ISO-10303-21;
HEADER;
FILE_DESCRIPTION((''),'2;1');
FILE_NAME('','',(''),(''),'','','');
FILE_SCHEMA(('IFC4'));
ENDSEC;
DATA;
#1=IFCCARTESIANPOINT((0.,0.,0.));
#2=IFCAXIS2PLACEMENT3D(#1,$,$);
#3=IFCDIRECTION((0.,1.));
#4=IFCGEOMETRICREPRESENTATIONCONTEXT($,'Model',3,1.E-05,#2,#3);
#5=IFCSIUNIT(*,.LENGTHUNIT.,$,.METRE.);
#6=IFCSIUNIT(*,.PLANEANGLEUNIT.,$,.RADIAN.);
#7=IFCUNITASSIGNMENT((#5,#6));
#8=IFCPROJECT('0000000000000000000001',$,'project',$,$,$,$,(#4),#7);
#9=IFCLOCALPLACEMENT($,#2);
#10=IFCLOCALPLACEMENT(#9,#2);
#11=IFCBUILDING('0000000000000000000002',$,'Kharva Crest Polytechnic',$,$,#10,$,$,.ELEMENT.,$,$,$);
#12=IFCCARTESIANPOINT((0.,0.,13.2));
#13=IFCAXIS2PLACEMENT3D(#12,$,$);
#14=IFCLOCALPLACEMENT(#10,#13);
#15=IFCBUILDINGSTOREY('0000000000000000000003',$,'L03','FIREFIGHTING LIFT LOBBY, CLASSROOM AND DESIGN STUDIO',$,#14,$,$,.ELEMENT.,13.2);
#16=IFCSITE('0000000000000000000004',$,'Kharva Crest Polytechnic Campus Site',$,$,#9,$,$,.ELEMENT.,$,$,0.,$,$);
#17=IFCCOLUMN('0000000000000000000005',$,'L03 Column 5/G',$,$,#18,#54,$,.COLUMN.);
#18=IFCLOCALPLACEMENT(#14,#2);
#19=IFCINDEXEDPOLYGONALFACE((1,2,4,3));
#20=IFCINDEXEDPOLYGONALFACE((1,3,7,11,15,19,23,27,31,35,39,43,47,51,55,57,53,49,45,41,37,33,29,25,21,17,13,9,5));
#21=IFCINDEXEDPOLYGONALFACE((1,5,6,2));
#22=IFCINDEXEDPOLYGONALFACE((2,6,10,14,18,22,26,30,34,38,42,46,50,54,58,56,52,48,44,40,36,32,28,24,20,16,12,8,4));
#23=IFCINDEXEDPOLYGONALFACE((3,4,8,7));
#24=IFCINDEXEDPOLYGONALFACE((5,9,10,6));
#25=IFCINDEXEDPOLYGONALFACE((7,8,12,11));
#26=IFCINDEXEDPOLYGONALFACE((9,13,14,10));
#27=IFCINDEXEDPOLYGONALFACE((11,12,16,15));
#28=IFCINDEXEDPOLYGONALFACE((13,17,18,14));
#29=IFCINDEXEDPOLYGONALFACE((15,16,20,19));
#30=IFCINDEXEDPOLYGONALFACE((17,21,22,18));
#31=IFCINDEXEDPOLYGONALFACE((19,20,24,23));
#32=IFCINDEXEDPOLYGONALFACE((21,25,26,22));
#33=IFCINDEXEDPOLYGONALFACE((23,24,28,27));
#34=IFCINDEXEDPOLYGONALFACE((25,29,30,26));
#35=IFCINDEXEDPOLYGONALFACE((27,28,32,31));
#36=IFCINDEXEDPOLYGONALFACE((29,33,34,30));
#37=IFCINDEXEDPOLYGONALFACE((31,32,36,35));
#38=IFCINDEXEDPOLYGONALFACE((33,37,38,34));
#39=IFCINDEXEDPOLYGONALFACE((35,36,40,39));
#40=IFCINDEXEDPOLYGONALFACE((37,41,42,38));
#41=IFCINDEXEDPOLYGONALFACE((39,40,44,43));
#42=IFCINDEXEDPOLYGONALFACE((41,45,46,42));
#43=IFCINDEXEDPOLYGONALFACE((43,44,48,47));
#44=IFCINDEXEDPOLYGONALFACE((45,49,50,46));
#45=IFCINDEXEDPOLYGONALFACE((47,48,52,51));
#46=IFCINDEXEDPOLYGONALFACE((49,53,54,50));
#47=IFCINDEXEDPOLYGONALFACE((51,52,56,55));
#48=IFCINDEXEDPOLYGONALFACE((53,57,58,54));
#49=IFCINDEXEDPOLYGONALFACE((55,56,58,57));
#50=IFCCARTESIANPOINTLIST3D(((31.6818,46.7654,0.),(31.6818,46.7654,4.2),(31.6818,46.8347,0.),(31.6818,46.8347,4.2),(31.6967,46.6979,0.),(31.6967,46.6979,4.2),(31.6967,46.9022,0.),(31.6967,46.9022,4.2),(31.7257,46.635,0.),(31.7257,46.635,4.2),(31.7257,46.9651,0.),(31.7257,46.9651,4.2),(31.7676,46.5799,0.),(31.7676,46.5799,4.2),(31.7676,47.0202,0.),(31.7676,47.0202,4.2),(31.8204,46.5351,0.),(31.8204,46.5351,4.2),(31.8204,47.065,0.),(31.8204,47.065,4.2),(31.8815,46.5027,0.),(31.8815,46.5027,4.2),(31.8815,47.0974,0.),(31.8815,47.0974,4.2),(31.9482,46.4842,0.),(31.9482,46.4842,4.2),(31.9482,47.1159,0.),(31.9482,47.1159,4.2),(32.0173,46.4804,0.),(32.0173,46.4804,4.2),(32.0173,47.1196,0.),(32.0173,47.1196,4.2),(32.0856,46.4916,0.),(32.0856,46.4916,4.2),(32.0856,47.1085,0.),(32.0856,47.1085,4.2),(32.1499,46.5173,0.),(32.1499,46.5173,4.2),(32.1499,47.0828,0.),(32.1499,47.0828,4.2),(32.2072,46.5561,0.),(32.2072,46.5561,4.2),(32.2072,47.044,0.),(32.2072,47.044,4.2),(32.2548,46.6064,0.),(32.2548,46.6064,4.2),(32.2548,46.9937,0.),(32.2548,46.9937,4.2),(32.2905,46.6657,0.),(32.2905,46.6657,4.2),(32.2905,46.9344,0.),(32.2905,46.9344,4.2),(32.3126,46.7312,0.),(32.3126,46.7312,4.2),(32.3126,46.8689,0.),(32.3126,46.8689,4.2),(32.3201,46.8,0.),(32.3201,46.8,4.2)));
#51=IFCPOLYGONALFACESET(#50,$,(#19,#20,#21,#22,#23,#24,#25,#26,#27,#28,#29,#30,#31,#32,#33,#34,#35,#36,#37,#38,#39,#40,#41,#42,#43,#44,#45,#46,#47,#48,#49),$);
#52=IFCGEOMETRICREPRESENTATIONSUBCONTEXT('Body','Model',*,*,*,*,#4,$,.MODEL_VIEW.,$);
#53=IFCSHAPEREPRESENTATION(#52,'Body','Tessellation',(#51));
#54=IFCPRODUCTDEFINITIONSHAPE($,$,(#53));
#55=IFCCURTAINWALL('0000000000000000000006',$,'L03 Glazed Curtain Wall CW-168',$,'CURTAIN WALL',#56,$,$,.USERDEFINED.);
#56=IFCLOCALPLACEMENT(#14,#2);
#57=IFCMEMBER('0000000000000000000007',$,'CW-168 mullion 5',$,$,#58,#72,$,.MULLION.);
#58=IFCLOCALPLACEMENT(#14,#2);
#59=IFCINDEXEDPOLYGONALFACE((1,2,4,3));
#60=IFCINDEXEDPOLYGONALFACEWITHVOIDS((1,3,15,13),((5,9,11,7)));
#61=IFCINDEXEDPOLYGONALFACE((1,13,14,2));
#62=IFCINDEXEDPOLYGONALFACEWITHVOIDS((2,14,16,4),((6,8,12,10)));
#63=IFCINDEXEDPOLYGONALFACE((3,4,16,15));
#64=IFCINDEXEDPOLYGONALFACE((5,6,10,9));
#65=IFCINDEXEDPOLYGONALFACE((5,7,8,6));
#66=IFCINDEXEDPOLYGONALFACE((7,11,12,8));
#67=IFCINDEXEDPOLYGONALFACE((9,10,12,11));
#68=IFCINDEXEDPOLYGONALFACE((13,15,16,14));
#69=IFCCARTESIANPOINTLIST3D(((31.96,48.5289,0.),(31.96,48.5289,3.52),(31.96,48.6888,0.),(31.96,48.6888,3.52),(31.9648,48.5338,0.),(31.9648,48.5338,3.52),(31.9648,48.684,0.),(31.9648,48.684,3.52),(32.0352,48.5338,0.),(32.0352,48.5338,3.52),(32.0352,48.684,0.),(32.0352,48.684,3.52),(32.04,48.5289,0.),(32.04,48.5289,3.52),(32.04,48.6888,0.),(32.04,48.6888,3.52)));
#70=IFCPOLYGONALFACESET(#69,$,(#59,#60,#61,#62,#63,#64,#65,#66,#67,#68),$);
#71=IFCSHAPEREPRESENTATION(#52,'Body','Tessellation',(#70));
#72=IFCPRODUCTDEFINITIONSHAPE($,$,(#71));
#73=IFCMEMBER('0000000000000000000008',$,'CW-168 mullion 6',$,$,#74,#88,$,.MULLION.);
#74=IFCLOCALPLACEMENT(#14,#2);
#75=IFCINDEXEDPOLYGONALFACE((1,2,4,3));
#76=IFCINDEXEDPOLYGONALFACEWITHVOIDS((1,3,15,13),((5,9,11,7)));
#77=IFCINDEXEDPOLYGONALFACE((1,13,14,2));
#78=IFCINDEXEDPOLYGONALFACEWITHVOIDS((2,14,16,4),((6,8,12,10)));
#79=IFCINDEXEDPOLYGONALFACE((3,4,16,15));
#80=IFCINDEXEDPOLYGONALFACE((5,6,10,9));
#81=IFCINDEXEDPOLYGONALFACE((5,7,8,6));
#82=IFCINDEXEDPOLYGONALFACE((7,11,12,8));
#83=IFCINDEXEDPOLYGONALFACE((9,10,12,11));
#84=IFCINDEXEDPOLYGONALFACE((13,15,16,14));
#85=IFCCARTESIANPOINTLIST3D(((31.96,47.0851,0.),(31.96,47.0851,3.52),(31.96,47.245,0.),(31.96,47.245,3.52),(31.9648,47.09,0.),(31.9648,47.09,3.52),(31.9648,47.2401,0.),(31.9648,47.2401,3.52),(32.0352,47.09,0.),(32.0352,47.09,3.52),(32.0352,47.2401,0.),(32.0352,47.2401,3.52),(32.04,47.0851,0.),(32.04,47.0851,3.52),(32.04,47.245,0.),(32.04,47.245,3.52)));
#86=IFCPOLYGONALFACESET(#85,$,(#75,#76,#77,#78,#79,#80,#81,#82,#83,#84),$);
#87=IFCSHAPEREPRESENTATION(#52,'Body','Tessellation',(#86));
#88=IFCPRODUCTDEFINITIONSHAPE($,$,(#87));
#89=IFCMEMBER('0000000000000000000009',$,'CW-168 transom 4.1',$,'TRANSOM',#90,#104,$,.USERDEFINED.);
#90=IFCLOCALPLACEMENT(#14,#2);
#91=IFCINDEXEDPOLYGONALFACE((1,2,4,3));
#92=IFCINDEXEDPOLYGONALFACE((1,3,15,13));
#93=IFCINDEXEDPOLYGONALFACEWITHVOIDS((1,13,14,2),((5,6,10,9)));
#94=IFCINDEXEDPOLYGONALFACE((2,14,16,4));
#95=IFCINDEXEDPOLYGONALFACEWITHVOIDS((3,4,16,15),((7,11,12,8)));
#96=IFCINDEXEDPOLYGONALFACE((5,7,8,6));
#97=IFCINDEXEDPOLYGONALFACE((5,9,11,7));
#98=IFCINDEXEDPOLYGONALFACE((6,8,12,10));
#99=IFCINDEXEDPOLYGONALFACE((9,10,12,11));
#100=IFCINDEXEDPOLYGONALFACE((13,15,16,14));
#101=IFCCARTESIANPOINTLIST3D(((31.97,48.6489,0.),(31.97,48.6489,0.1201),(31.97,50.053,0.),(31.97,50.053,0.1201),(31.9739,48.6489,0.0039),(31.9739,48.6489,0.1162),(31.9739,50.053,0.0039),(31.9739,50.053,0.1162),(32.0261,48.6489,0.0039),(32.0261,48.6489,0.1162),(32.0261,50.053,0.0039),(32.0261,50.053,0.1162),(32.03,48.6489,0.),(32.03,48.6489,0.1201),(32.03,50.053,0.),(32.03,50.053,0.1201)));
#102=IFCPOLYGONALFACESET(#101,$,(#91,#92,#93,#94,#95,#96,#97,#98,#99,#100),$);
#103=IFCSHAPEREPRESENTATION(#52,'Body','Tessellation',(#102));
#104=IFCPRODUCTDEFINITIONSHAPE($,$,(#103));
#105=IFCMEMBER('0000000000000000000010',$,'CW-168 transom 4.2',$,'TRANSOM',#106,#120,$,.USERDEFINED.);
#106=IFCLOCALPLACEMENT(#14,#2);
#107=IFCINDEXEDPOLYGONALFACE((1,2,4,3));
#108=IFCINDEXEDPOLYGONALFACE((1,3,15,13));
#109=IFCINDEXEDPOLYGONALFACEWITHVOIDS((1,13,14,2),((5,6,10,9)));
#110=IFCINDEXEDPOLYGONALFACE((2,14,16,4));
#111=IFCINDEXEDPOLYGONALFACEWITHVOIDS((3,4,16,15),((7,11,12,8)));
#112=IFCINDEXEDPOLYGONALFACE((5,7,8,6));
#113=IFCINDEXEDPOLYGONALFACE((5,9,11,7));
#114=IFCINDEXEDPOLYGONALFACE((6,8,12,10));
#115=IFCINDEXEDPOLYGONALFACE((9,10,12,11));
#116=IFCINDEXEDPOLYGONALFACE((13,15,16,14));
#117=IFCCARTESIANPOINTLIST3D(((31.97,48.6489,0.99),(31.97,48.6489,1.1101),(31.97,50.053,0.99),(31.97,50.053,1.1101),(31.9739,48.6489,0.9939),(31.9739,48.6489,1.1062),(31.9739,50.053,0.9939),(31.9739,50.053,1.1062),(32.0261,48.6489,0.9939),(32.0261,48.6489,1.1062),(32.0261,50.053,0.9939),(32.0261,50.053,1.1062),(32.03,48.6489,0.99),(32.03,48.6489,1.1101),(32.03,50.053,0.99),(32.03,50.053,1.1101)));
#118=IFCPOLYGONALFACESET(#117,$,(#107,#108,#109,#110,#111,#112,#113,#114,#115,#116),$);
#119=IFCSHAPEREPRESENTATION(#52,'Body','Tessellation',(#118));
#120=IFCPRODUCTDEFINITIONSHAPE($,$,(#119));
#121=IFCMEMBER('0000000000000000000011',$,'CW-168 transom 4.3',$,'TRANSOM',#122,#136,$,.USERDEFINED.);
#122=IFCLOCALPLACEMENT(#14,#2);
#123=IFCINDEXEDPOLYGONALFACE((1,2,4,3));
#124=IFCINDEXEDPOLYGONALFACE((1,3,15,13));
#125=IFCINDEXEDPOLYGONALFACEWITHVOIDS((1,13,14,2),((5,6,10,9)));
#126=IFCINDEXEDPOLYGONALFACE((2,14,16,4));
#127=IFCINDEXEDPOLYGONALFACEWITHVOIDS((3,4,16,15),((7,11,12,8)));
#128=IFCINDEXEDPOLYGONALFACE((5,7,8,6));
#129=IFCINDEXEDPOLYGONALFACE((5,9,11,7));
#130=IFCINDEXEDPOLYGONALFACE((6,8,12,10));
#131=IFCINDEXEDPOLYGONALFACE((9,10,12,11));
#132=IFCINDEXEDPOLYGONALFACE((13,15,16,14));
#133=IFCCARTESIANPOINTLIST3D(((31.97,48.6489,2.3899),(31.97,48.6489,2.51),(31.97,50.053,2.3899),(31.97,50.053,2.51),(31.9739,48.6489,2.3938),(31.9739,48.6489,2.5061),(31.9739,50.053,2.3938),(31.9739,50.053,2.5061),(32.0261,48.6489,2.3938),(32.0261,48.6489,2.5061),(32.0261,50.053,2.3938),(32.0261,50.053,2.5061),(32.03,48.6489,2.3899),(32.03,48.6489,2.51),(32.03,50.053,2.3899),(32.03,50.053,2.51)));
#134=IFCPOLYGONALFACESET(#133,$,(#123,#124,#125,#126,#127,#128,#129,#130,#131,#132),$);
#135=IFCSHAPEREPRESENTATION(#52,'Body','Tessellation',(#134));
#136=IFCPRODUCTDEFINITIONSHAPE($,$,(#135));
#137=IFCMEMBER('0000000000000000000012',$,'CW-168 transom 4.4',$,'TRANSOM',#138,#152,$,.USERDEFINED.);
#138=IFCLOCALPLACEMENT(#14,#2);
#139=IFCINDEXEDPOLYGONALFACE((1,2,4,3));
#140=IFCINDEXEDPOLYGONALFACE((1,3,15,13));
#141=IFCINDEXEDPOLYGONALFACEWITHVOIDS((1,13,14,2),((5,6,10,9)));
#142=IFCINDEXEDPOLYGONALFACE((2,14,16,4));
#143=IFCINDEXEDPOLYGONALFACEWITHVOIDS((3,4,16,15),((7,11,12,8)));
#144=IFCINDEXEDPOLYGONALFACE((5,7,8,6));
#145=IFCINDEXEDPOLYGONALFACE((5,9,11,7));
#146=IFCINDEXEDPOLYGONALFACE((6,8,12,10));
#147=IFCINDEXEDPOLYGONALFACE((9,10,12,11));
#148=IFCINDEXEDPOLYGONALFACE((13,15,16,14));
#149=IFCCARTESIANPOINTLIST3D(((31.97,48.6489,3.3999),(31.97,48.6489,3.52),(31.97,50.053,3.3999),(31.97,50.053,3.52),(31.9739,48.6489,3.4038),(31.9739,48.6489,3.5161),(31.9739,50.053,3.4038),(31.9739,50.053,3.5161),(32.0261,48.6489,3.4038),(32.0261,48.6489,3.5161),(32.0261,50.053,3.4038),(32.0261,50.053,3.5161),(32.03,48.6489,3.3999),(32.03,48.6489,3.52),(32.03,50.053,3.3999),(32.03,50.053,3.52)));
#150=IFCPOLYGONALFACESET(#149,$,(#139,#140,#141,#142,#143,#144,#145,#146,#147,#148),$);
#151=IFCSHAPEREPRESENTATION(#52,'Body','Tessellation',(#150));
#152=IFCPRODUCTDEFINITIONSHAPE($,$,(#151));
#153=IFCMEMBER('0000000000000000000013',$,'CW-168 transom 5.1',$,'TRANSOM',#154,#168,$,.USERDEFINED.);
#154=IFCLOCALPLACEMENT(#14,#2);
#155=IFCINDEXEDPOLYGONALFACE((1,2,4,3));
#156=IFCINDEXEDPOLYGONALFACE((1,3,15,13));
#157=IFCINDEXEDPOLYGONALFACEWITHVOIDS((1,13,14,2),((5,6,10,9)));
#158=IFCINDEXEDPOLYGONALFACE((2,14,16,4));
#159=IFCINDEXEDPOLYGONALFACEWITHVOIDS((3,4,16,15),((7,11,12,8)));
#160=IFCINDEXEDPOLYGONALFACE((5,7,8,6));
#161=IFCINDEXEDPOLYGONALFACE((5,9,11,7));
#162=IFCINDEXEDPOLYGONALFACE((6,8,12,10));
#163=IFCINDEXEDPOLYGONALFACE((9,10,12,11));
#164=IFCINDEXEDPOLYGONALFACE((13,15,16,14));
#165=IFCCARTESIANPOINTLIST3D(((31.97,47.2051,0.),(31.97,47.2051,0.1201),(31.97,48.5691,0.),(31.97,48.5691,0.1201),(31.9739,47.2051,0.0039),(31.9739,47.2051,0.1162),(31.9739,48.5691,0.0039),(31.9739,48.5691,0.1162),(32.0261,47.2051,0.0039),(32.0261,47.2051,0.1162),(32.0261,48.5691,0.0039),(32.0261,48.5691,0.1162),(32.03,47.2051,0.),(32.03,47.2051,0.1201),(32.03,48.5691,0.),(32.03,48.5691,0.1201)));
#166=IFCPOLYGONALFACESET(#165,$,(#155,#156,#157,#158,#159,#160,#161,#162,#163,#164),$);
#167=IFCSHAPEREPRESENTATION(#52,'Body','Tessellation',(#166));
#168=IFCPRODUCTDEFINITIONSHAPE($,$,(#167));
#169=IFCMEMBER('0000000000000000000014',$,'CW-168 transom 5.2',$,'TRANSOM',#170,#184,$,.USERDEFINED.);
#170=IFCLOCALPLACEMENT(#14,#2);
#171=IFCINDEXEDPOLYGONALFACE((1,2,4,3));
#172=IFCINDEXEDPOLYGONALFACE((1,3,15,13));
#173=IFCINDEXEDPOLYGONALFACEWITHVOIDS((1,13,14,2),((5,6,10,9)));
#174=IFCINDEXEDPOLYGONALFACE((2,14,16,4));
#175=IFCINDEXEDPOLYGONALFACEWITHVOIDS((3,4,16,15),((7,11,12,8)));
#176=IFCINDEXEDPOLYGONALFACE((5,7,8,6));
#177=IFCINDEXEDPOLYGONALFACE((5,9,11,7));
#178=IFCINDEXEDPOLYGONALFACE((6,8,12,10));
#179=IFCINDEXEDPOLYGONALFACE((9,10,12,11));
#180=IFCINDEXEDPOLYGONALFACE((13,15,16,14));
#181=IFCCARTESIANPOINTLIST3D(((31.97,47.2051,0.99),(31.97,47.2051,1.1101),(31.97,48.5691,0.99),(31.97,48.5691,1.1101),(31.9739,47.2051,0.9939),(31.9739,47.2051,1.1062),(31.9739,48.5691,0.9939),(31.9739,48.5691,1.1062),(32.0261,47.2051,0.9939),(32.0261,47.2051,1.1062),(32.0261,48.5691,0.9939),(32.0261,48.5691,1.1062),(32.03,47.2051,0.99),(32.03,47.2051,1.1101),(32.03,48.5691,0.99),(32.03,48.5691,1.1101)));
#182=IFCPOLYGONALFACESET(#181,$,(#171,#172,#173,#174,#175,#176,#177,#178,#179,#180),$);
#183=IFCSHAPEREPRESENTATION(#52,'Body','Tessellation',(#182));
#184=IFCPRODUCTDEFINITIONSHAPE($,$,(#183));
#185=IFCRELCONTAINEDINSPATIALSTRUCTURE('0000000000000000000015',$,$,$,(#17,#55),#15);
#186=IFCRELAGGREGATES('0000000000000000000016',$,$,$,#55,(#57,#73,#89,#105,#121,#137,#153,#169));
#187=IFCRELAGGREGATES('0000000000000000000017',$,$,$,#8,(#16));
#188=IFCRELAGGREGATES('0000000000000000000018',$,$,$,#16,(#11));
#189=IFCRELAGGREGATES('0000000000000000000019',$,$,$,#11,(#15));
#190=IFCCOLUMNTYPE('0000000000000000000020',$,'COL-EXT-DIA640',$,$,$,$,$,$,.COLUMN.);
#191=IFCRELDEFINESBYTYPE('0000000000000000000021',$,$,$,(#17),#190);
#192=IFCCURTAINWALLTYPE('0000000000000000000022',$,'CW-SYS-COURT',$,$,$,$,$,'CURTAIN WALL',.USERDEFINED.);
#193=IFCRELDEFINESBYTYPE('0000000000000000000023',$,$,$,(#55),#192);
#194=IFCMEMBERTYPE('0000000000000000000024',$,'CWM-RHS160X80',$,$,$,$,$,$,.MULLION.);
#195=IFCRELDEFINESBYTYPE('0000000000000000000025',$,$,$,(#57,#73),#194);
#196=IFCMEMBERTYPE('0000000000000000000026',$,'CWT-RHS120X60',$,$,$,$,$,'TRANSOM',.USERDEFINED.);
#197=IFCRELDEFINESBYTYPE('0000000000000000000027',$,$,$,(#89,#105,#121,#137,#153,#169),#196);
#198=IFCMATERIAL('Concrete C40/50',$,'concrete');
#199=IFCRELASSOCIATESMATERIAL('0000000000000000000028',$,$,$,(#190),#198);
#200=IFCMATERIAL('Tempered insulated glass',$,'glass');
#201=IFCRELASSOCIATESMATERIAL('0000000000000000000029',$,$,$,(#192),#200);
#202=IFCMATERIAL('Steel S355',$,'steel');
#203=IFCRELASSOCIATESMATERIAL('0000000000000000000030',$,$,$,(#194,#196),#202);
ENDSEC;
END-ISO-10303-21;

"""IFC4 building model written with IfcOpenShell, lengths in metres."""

from ifc_helpers import new_model, si_unit, direction, frame, origin, origin_2d, place, context, subcontext, project, spatial, hollow_rectangle, circle, extrude, material, material_profile, profile_set, type_object, element, aggregate, save


model = new_model("IFC4")

# Units and contexts
model_context = context("Model", 3, precision=1e-05, world=origin(), true_north=direction((0.0, 1.0)))
body_context = subcontext(model_context, "Body", "Model", "MODEL_VIEW")
ifc_project = project(units=[si_unit("LENGTHUNIT", "METRE"), si_unit("PLANEANGLEUNIT", "RADIAN")], contexts=[model_context])

# Site, building, storey
site_placement = place(None, origin())
site = spatial("IfcSite", under=ifc_project, at=site_placement, Name="Kharva Crest Polytechnic Campus Site", CompositionType="ELEMENT", RefElevation=0.0)
building_placement = place(site_placement, origin())
building = spatial("IfcBuilding", under=site, at=building_placement, Name="Kharva Crest Polytechnic", CompositionType="ELEMENT")
storey_placement = place(building_placement, frame((0.0, 0.0, 13.2)))
storey = spatial("IfcBuildingStorey", under=building, at=storey_placement, Name="L03", Description="FIREFIGHTING LIFT LOBBY, CLASSROOM AND DESIGN STUDIO", CompositionType="ELEMENT", Elevation=13.2)

# Column
ifc_material_1 = material(Name="Concrete C40/50", Category="concrete")
ifc_material_profile_1 = material_profile(ifc_material_1, circle(Radius=0.3201, at=origin_2d()), Name="DIA 640")
ifc_profile_set_1 = profile_set([ifc_material_profile_1], Name="Concrete C40/50")
column_type = type_object("IfcColumnType", Name="COL-EXT-DIA640", PredefinedType="COLUMN", material=ifc_profile_set_1)
column_placement = place(storey_placement, frame((32.0, 46.8, 0.0), z_axis=(0.0, 0.0, 1.0), x_axis=(1.0, 0.0, 0.0)))
element("IfcColumn", 1, at=column_placement, inside=storey, type_object=column_type, Name="L03 Column 5/G", PredefinedType="COLUMN", context=body_context, shape_type="SweptSolid", body=[
    extrude(circle(Radius=0.3201, at=origin_2d()), origin(), (0.0, 0.0, 1.0), 4.2),
])

# Curtain wall, members
ifc_material_2 = material(Name="Tempered insulated glass", Category="glass")
curtain_wall_type = type_object("IfcCurtainWallType", Name="CW-SYS-COURT", ElementType="CURTAIN WALL", PredefinedType="USERDEFINED", material=ifc_material_2)
curtain_wall_placement = place(storey_placement, origin())
curtain_wall = element("IfcCurtainWall", 2, at=curtain_wall_placement, inside=storey, type_object=curtain_wall_type, Name="L03 Glazed Curtain Wall CW-168", ObjectType="CURTAIN WALL", PredefinedType="USERDEFINED")
ifc_material_3 = material(Name="Steel S355", Category="steel")
ifc_material_profile_2 = material_profile(ifc_material_3, hollow_rectangle(XDim=0.0801, YDim=0.1599, WallThickness=0.0049, at=origin_2d()), Name="RHS 160X80X5.0")
ifc_profile_set_2 = profile_set([ifc_material_profile_2], Name="Steel S355")
member_type_1 = type_object("IfcMemberType", Name="CWM-RHS160X80", PredefinedType="MULLION", material=ifc_profile_set_2)
member_1_placement = place(storey_placement, frame((32.0, 48.6089, 0.0), z_axis=(0.0, 0.0, 1.0), x_axis=(1.0, 0.0, 0.0)))
member_1 = element("IfcMember", 3, at=member_1_placement, type_object=member_type_1, Name="CW-168 mullion 5", PredefinedType="MULLION", context=body_context, shape_type="SweptSolid", body=[
    extrude(hollow_rectangle(XDim=0.0801, YDim=0.1599, WallThickness=0.0049, at=origin_2d()), origin(), (0.0, 0.0, 1.0), 3.52),
])
member_2_placement = place(storey_placement, frame((32.0, 47.165, 0.0), z_axis=(0.0, 0.0, 1.0), x_axis=(1.0, 0.0, 0.0)))
member_2 = element("IfcMember", 4, at=member_2_placement, type_object=member_type_1, Name="CW-168 mullion 6", PredefinedType="MULLION", context=body_context, shape_type="SweptSolid", body=[
    extrude(hollow_rectangle(XDim=0.0801, YDim=0.1599, WallThickness=0.0049, at=origin_2d()), origin(), (0.0, 0.0, 1.0), 3.52),
])
ifc_material_profile_3 = material_profile(ifc_material_3, hollow_rectangle(XDim=0.0601, YDim=0.1201, WallThickness=0.0039, at=origin_2d()), Name="RHS 120X60X4.0")
ifc_profile_set_3 = profile_set([ifc_material_profile_3], Name="Steel S355")
member_type_2 = type_object("IfcMemberType", Name="CWT-RHS120X60", ElementType="TRANSOM", PredefinedType="USERDEFINED", material=ifc_profile_set_3)
member_3_placement = place(storey_placement, frame((32.0, 50.053, 0.0601), z_axis=(0.0, -1.0, 0.0), x_axis=(1.0, 0.0, 0.0)))
member_3 = element("IfcMember", 5, at=member_3_placement, type_object=member_type_2, Name="CW-168 transom 4.1", ObjectType="TRANSOM", PredefinedType="USERDEFINED", context=body_context, shape_type="SweptSolid", body=[
    extrude(hollow_rectangle(XDim=0.0601, YDim=0.1201, WallThickness=0.0039, at=origin_2d()), origin(), (0.0, 0.0, 1.0), 1.4041),
])
member_4_placement = place(storey_placement, frame((32.0, 50.053, 1.05), z_axis=(0.0, -1.0, 0.0), x_axis=(1.0, 0.0, 0.0)))
member_4 = element("IfcMember", 6, at=member_4_placement, type_object=member_type_2, Name="CW-168 transom 4.2", ObjectType="TRANSOM", PredefinedType="USERDEFINED", context=body_context, shape_type="SweptSolid", body=[
    extrude(hollow_rectangle(XDim=0.0601, YDim=0.1201, WallThickness=0.0039, at=origin_2d()), origin(), (0.0, 0.0, 1.0), 1.4041),
])
member_5_placement = place(storey_placement, frame((32.0, 50.053, 2.45), z_axis=(0.0, -1.0, 0.0), x_axis=(1.0, 0.0, 0.0)))
member_5 = element("IfcMember", 7, at=member_5_placement, type_object=member_type_2, Name="CW-168 transom 4.3", ObjectType="TRANSOM", PredefinedType="USERDEFINED", context=body_context, shape_type="SweptSolid", body=[
    extrude(hollow_rectangle(XDim=0.0601, YDim=0.1201, WallThickness=0.0039, at=origin_2d()), origin(), (0.0, 0.0, 1.0), 1.4041),
])
member_6_placement = place(storey_placement, frame((32.0, 50.053, 3.46), z_axis=(0.0, -1.0, 0.0), x_axis=(1.0, 0.0, 0.0)))
member_6 = element("IfcMember", 8, at=member_6_placement, type_object=member_type_2, Name="CW-168 transom 4.4", ObjectType="TRANSOM", PredefinedType="USERDEFINED", context=body_context, shape_type="SweptSolid", body=[
    extrude(hollow_rectangle(XDim=0.0601, YDim=0.1201, WallThickness=0.0039, at=origin_2d()), origin(), (0.0, 0.0, 1.0), 1.4041),
])
member_7_placement = place(storey_placement, frame((32.0, 48.5691, 0.0601), z_axis=(0.0, -1.0, 0.0), x_axis=(1.0, 0.0, 0.0)))
member_7 = element("IfcMember", 9, at=member_7_placement, type_object=member_type_2, Name="CW-168 transom 5.1", ObjectType="TRANSOM", PredefinedType="USERDEFINED", context=body_context, shape_type="SweptSolid", body=[
    extrude(hollow_rectangle(XDim=0.0601, YDim=0.1201, WallThickness=0.0039, at=origin_2d()), origin(), (0.0, 0.0, 1.0), 1.364),
])
member_8_placement = place(storey_placement, frame((32.0, 48.5691, 1.05), z_axis=(0.0, -1.0, 0.0), x_axis=(1.0, 0.0, 0.0)))
member_8 = element("IfcMember", 10, at=member_8_placement, type_object=member_type_2, Name="CW-168 transom 5.2", ObjectType="TRANSOM", PredefinedType="USERDEFINED", context=body_context, shape_type="SweptSolid", body=[
    extrude(hollow_rectangle(XDim=0.0601, YDim=0.1201, WallThickness=0.0039, at=origin_2d()), origin(), (0.0, 0.0, 1.0), 1.364),
])

aggregate(curtain_wall, [member_1, member_2, member_3, member_4, member_5, member_6, member_7, member_8])

save(model, "model.ifc")
